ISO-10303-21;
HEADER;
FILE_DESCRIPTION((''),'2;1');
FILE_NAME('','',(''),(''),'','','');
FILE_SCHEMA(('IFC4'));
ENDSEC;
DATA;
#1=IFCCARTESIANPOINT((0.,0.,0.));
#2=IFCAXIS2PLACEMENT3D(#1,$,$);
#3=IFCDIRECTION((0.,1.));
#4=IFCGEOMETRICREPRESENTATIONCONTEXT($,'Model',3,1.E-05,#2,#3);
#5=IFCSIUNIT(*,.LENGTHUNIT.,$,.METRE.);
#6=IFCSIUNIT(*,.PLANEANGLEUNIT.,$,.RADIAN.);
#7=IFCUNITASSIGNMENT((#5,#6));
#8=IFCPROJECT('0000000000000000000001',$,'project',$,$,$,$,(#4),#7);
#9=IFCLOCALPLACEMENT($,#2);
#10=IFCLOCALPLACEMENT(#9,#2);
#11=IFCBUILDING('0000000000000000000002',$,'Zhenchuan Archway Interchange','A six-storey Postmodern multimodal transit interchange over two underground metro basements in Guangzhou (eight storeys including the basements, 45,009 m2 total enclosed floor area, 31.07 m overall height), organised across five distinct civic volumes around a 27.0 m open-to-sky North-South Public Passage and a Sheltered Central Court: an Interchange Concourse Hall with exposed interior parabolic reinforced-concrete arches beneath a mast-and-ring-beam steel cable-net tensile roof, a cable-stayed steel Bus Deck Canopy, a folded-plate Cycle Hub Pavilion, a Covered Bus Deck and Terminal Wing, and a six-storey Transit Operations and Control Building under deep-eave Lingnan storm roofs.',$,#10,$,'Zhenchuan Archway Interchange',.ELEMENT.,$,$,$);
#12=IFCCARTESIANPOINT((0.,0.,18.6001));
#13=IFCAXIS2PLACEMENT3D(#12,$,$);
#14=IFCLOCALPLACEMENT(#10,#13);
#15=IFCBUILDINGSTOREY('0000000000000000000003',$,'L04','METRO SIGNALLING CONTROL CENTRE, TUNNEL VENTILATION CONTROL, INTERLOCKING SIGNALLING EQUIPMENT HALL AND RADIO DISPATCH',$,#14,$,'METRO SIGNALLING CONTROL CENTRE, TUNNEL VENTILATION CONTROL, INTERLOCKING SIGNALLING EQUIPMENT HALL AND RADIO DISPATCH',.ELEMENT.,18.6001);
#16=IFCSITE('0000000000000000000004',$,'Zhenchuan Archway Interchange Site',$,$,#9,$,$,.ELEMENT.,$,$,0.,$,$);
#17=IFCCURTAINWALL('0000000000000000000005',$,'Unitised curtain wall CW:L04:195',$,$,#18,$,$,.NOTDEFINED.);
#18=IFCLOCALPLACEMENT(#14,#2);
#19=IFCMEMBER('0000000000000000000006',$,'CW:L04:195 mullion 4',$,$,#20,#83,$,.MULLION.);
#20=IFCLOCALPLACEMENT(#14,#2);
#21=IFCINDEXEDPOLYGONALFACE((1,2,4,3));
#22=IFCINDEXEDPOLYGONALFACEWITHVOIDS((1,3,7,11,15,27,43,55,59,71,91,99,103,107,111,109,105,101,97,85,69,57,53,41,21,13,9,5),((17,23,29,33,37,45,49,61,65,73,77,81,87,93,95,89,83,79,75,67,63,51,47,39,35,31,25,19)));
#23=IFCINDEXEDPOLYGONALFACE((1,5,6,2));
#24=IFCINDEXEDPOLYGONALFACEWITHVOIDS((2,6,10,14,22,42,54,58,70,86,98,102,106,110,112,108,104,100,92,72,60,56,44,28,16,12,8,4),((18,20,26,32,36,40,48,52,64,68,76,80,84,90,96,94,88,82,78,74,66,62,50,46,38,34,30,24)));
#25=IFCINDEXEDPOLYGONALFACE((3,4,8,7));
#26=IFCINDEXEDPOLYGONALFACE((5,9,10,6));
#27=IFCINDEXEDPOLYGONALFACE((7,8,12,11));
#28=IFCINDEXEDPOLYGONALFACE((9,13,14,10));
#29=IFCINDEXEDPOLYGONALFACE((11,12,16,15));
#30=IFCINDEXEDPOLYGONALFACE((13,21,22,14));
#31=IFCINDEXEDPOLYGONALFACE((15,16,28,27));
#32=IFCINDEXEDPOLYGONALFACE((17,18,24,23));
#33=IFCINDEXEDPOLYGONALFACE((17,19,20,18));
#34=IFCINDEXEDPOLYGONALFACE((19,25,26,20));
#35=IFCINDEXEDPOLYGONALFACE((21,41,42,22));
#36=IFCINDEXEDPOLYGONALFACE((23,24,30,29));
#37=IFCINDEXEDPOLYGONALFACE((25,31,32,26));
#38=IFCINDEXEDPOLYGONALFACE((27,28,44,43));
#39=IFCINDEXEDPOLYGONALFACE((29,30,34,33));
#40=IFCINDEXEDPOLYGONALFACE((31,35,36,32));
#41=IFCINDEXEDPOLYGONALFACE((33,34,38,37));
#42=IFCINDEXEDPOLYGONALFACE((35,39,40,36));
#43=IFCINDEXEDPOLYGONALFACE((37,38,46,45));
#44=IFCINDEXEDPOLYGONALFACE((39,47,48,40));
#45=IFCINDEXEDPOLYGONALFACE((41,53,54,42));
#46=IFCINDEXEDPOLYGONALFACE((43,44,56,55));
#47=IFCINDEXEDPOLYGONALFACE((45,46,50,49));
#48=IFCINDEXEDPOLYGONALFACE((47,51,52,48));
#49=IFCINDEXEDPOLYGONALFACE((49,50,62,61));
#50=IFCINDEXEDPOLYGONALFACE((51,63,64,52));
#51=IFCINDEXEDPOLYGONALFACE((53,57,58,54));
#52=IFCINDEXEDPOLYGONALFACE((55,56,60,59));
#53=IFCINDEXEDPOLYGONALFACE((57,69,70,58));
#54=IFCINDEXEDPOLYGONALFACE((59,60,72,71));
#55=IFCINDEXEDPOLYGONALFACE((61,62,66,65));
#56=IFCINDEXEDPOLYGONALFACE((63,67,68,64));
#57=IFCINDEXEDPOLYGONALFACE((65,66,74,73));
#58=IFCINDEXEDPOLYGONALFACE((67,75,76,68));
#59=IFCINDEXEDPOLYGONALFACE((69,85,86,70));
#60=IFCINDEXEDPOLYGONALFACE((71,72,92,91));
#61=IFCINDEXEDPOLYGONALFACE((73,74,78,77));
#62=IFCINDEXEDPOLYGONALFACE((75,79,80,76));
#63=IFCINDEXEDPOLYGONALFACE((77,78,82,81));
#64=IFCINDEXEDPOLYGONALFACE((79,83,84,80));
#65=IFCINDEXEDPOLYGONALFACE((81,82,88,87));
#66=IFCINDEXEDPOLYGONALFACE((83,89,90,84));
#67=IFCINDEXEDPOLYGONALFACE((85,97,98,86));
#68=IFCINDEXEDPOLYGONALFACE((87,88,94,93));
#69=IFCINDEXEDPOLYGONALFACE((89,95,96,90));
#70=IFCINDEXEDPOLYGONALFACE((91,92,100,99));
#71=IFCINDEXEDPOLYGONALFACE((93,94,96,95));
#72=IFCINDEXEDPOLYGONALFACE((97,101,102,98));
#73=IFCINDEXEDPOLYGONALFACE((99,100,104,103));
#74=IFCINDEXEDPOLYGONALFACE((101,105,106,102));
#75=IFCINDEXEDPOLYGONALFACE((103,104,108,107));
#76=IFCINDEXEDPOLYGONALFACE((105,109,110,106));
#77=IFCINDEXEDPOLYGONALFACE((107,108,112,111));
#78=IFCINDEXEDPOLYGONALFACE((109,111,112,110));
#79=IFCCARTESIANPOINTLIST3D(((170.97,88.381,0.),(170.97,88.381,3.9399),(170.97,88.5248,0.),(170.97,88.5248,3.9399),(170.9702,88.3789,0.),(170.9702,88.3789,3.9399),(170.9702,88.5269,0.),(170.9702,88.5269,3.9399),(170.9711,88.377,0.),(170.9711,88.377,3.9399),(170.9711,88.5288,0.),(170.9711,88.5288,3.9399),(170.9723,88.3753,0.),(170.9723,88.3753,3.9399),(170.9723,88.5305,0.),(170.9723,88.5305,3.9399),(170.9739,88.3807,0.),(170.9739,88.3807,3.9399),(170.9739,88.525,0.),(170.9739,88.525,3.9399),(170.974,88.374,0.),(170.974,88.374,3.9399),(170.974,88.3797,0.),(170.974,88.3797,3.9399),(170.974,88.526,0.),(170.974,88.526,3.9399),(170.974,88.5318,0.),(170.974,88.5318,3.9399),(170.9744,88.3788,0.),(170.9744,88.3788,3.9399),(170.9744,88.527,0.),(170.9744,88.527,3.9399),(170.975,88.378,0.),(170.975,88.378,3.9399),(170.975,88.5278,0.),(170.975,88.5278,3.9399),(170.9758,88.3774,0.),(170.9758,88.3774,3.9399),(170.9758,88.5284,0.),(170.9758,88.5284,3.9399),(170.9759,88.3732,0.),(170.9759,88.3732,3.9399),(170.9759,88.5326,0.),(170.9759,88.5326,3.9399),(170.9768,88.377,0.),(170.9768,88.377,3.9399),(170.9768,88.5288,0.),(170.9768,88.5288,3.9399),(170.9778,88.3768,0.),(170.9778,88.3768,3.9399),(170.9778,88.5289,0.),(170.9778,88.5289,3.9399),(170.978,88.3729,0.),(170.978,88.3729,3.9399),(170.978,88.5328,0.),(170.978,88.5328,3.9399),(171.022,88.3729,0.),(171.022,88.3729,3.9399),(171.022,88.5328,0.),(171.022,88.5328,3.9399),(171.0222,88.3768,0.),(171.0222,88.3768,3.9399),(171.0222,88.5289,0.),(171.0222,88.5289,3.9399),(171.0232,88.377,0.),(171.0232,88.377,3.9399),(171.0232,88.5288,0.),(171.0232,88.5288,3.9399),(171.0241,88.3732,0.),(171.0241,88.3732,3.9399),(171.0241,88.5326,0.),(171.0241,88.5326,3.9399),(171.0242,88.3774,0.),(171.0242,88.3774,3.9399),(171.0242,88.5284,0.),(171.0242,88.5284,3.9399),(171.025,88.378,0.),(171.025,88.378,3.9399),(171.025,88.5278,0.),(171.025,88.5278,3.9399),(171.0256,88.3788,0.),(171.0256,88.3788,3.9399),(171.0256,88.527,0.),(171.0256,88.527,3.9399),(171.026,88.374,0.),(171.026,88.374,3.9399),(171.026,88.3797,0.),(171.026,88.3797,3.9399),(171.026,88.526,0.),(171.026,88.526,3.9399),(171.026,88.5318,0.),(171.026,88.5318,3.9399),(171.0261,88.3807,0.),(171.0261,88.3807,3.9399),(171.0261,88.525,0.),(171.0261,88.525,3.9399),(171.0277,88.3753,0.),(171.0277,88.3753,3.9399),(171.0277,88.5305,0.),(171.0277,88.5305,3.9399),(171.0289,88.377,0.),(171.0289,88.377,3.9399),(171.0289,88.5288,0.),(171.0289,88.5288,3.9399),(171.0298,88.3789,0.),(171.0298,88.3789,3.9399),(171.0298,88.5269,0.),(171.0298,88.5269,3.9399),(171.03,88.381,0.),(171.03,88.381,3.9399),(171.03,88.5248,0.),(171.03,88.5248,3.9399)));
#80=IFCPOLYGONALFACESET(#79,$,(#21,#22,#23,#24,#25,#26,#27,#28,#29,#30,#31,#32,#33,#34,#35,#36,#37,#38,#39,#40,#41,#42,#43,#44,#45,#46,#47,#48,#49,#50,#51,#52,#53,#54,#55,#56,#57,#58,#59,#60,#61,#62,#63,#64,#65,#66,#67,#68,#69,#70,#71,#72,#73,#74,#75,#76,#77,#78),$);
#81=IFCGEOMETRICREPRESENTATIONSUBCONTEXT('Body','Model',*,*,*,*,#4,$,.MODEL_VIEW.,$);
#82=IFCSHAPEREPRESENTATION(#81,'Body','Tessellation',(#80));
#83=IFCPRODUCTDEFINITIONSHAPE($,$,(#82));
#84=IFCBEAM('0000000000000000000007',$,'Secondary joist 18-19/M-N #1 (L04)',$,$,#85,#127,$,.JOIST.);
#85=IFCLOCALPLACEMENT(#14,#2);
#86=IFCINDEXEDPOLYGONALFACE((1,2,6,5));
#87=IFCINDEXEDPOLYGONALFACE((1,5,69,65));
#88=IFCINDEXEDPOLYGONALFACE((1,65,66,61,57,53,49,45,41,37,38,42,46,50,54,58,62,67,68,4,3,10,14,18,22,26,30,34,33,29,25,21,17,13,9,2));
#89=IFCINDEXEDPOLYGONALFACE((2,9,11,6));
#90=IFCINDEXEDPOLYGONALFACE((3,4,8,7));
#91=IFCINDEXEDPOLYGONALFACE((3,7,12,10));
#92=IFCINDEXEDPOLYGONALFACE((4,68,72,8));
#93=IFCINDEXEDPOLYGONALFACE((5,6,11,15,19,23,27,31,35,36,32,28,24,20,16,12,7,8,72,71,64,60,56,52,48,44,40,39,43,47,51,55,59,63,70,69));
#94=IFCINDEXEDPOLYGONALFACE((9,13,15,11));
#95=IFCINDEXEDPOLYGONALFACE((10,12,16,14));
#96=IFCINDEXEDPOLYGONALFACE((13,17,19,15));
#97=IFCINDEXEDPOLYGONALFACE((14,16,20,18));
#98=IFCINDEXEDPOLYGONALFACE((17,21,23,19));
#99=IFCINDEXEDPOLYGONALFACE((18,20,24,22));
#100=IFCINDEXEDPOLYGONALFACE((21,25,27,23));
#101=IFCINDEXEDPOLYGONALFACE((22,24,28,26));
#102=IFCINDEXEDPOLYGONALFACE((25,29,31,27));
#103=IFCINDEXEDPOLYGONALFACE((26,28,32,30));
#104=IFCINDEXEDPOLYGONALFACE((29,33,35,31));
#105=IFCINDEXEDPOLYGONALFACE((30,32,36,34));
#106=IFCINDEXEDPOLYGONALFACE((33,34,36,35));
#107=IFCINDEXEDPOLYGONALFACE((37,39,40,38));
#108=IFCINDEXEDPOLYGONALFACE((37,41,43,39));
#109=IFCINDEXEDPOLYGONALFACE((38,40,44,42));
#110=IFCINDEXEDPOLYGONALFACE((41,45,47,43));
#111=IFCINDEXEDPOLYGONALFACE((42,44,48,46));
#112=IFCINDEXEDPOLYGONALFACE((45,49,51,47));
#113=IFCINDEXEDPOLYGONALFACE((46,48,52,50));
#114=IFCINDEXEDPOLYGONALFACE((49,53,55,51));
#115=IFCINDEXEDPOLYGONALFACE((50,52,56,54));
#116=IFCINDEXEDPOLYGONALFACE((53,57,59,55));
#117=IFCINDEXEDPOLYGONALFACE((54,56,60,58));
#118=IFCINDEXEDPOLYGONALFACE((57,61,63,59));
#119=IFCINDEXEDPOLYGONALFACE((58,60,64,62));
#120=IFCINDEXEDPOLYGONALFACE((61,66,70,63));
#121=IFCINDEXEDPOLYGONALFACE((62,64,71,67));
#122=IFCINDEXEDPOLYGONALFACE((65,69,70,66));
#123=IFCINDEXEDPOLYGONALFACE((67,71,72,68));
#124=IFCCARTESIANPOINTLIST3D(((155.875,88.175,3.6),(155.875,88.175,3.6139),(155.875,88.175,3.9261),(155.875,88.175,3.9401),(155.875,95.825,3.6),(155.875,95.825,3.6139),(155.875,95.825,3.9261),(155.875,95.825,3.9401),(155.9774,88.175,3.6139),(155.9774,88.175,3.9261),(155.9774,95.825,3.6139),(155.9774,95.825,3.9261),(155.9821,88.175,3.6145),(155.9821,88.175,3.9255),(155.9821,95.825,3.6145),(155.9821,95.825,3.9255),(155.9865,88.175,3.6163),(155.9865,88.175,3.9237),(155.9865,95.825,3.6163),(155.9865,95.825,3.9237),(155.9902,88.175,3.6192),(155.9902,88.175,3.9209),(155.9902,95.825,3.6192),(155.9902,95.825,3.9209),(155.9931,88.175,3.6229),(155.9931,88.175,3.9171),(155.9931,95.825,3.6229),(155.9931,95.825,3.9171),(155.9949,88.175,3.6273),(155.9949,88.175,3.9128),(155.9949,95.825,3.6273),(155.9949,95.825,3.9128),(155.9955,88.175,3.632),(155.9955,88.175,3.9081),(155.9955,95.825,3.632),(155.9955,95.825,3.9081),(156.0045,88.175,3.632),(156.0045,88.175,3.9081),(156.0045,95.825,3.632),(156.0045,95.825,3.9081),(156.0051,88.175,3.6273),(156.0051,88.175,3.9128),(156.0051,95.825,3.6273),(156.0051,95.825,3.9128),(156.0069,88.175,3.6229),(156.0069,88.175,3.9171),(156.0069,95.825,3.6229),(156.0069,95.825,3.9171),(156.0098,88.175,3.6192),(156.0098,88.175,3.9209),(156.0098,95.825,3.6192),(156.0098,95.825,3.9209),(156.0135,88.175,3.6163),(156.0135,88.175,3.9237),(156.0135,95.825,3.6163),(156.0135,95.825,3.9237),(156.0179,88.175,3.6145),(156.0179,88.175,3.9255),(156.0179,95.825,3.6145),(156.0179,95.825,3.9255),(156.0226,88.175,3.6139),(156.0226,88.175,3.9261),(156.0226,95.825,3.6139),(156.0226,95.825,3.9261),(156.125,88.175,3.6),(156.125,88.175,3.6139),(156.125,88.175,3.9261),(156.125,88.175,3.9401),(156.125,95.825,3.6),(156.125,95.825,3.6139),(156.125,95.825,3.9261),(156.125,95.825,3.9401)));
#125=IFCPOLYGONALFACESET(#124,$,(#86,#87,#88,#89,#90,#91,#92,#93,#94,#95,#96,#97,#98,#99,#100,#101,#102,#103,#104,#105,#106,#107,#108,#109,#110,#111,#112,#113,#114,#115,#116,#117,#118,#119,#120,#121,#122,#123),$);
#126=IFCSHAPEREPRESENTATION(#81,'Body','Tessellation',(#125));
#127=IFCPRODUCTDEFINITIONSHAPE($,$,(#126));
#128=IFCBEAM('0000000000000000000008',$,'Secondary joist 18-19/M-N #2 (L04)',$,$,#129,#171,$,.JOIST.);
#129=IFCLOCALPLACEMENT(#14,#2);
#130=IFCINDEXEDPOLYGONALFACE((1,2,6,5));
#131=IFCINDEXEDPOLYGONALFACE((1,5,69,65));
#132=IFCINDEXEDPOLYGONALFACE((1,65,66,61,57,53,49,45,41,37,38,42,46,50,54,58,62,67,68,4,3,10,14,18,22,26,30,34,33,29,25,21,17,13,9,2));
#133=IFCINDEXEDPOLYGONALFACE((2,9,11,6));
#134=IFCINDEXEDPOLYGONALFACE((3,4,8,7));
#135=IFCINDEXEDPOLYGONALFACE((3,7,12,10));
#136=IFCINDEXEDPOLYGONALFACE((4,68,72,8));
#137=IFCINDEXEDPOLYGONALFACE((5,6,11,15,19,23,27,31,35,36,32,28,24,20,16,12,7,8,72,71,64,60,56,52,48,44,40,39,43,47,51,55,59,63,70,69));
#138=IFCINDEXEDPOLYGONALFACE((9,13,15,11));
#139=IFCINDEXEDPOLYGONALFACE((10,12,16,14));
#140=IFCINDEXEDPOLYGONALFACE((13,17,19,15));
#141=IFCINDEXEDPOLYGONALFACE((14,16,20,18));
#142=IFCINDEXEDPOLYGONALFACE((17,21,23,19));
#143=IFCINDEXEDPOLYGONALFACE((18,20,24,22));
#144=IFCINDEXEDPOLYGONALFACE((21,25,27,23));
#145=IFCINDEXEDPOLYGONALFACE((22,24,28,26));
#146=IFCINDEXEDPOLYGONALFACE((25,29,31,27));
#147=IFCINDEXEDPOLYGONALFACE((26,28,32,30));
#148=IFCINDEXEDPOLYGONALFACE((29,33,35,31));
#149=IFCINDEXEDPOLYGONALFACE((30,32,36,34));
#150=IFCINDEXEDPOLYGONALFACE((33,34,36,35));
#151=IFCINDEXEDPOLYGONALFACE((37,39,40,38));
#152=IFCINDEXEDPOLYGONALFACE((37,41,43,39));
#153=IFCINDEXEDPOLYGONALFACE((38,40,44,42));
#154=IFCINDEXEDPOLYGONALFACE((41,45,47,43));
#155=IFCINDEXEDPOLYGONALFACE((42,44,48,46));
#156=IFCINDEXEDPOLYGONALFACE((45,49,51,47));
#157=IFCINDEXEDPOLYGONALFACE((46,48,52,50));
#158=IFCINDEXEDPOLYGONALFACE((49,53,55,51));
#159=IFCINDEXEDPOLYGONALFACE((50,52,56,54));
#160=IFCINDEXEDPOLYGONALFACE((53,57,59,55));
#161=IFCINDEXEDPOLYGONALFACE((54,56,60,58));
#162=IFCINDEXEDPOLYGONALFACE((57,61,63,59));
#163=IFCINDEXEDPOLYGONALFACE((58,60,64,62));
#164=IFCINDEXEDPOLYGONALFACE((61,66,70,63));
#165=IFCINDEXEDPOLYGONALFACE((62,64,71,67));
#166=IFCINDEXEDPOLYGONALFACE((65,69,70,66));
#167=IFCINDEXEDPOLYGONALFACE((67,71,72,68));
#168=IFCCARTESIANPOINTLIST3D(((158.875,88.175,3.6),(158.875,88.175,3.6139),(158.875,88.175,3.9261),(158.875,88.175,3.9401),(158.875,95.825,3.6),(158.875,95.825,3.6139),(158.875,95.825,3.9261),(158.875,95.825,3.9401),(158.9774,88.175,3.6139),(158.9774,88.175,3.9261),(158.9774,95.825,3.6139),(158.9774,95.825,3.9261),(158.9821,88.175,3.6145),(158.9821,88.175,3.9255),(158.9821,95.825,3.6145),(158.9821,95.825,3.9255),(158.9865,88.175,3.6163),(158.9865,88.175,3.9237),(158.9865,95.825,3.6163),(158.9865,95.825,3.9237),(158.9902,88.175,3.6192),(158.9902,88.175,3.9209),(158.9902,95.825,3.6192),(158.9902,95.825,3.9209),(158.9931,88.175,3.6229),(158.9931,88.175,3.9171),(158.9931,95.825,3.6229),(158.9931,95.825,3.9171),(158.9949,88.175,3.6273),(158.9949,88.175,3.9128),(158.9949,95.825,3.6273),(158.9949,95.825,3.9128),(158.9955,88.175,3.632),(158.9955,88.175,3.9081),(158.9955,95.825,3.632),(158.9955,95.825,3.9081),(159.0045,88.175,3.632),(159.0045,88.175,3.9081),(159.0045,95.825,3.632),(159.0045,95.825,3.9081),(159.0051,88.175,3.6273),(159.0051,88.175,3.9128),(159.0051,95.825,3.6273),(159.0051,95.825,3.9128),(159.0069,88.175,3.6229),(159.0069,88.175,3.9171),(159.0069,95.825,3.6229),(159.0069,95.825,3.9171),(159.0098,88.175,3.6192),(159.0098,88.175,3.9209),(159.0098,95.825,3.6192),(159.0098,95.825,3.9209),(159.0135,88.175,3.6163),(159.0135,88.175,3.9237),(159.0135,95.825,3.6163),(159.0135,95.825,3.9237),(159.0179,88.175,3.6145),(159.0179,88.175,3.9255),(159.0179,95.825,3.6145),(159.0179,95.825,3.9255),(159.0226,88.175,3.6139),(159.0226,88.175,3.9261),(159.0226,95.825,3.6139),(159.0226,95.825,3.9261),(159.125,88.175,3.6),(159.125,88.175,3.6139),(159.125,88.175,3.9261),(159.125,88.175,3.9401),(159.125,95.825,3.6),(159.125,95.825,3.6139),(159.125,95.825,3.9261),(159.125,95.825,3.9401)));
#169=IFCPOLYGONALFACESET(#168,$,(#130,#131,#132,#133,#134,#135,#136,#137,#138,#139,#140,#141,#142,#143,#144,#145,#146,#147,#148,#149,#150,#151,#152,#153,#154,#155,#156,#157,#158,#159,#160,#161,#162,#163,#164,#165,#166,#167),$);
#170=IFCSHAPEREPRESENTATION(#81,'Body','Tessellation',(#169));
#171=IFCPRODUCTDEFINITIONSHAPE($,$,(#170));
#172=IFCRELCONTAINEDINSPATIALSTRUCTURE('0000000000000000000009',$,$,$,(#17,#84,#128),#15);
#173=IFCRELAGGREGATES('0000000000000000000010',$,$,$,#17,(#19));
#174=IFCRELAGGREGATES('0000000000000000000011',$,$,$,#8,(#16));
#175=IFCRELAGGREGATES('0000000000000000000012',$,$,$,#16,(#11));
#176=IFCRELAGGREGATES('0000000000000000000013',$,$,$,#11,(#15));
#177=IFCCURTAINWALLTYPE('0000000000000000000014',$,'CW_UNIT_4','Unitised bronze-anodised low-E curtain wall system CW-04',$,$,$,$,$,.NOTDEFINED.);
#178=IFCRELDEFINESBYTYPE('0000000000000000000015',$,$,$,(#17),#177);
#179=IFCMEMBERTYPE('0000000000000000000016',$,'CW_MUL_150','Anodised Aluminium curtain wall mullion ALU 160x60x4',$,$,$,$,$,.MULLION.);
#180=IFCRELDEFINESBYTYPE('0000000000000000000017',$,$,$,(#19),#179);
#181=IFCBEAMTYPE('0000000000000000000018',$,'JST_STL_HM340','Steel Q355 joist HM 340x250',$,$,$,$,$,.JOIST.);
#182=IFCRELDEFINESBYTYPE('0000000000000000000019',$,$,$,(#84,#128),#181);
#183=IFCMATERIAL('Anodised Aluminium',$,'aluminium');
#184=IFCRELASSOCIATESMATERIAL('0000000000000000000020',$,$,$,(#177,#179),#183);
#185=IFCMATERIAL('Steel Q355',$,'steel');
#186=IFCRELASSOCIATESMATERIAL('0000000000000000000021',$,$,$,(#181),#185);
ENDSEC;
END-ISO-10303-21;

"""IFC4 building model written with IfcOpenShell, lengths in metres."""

from ifc_helpers import new_model, si_unit, direction, frame, origin, origin_2d, place, context, subcontext, project, spatial, hollow_rectangle, i_section, extrude, material, material_profile, profile_set, type_object, element, aggregate, save


model = new_model("IFC4")

# Units and contexts
model_context = context("Model", 3, precision=1e-05, world=origin(), true_north=direction((0.0, 1.0)))
body_context = subcontext(model_context, "Body", "Model", "MODEL_VIEW")
ifc_project = project(units=[si_unit("LENGTHUNIT", "METRE"), si_unit("PLANEANGLEUNIT", "RADIAN")], contexts=[model_context])

# Site, building, storey
site_placement = place(None, origin())
site = spatial("IfcSite", under=ifc_project, at=site_placement, Name="Zhenchuan Archway Interchange Site", CompositionType="ELEMENT", RefElevation=0.0)
building_placement = place(site_placement, origin())
building = spatial("IfcBuilding", under=site, at=building_placement, Name="Zhenchuan Archway Interchange", Description="A six-storey Postmodern multimodal transit interchange over two underground metro basements in Guangzhou (eight storeys including the basements, 45,009 m2 total enclosed floor area, 31.07 m overall height), organised across five distinct civic volumes around a 27.0 m open-to-sky North-South Public Passage and a Sheltered Central Court: an Interchange Concourse Hall with exposed interior parabolic reinforced-concrete arches beneath a mast-and-ring-beam steel cable-net tensile roof, a cable-stayed steel Bus Deck Canopy, a folded-plate Cycle Hub Pavilion, a Covered Bus Deck and Terminal Wing, and a six-storey Transit Operations and Control Building under deep-eave Lingnan storm roofs.", LongName="Zhenchuan Archway Interchange", CompositionType="ELEMENT")
storey_placement = place(building_placement, frame((0.0, 0.0, 18.6001)))
storey = spatial("IfcBuildingStorey", under=building, at=storey_placement, Name="L04", Description="METRO SIGNALLING CONTROL CENTRE, TUNNEL VENTILATION CONTROL, INTERLOCKING SIGNALLING EQUIPMENT HALL AND RADIO DISPATCH", LongName="METRO SIGNALLING CONTROL CENTRE, TUNNEL VENTILATION CONTROL, INTERLOCKING SIGNALLING EQUIPMENT HALL AND RADIO DISPATCH", CompositionType="ELEMENT", Elevation=18.6001)

# Curtain wall, member
ifc_material_1 = material(Name="Anodised Aluminium", Category="aluminium")
curtain_wall_type = type_object("IfcCurtainWallType", Name="CW_UNIT_4", Description="Unitised bronze-anodised low-E curtain wall system CW-04", PredefinedType="NOTDEFINED", material=ifc_material_1)
curtain_wall_placement = place(storey_placement, origin())
curtain_wall = element("IfcCurtainWall", 1, at=curtain_wall_placement, inside=storey, type_object=curtain_wall_type, Name="Unitised curtain wall CW:L04:195", PredefinedType="NOTDEFINED")
ifc_material_profile_1 = material_profile(ifc_material_1, hollow_rectangle(XDim=0.0601, YDim=0.1599, WallThickness=0.0039, InnerFilletRadius=0.0039, OuterFilletRadius=0.0081, at=origin_2d()), Name="ALU 160x60x4")
ifc_profile_set_1 = profile_set([ifc_material_profile_1], Name="Anodised Aluminium")
member_type = type_object("IfcMemberType", Name="CW_MUL_150", Description="Anodised Aluminium curtain wall mullion ALU 160x60x4", PredefinedType="MULLION", material=ifc_profile_set_1)
member_placement = place(storey_placement, frame((171.0, 88.4529, 0.0), z_axis=(0.0, 0.0, 1.0), x_axis=(1.0, 0.0, 0.0)))
member = element("IfcMember", 2, at=member_placement, type_object=member_type, Name="CW:L04:195 mullion 4", PredefinedType="MULLION", context=body_context, shape_type="SweptSolid", body=[
    extrude(hollow_rectangle(XDim=0.0601, YDim=0.1599, WallThickness=0.0039, InnerFilletRadius=0.0039, OuterFilletRadius=0.0081, at=origin_2d()), origin(), (0.0, 0.0, 1.0), 3.9399),
])
aggregate(curtain_wall, [member])

# Beams
ifc_material_2 = material(Name="Steel Q355", Category="steel")
ifc_material_profile_2 = material_profile(ifc_material_2, i_section(OverallWidth=0.25, OverallDepth=0.3401, WebThickness=0.009, FlangeThickness=0.0139, FilletRadius=0.0181, at=origin_2d()), Name="HM 340x250")
ifc_profile_set_2 = profile_set([ifc_material_profile_2], Name="Steel Q355")
beam_type_1 = type_object("IfcBeamType", Name="JST_STL_HM340", Description="Steel Q355 joist HM 340x250", PredefinedType="JOIST", material=ifc_profile_set_2)
for number, where, z_axis, x_axis, name in (
    (3, (156.0, 88.175, 3.77), (0.0, 1.0, 0.0), (-1.0, 0.0, 0.0), "Secondary joist 18-19/M-N #1 (L04)"),
    (4, (159.0, 88.175, 3.77), (0.0, 1.0, 0.0), (-1.0, 0.0, 0.0), "Secondary joist 18-19/M-N #2 (L04)"),
):
    element("IfcBeam", number, at=place(storey_placement, frame(where, z_axis=z_axis, x_axis=x_axis)), inside=storey, type_object=beam_type_1, Name=name, PredefinedType="JOIST", context=body_context, shape_type="SweptSolid", body=[
        extrude(i_section(OverallWidth=0.25, OverallDepth=0.3401, WebThickness=0.009, FlangeThickness=0.0139, FilletRadius=0.0181, at=origin_2d()), origin(), (0.0, 0.0, 1.0), 7.6499),
    ])

save(model, "model.ifc")
